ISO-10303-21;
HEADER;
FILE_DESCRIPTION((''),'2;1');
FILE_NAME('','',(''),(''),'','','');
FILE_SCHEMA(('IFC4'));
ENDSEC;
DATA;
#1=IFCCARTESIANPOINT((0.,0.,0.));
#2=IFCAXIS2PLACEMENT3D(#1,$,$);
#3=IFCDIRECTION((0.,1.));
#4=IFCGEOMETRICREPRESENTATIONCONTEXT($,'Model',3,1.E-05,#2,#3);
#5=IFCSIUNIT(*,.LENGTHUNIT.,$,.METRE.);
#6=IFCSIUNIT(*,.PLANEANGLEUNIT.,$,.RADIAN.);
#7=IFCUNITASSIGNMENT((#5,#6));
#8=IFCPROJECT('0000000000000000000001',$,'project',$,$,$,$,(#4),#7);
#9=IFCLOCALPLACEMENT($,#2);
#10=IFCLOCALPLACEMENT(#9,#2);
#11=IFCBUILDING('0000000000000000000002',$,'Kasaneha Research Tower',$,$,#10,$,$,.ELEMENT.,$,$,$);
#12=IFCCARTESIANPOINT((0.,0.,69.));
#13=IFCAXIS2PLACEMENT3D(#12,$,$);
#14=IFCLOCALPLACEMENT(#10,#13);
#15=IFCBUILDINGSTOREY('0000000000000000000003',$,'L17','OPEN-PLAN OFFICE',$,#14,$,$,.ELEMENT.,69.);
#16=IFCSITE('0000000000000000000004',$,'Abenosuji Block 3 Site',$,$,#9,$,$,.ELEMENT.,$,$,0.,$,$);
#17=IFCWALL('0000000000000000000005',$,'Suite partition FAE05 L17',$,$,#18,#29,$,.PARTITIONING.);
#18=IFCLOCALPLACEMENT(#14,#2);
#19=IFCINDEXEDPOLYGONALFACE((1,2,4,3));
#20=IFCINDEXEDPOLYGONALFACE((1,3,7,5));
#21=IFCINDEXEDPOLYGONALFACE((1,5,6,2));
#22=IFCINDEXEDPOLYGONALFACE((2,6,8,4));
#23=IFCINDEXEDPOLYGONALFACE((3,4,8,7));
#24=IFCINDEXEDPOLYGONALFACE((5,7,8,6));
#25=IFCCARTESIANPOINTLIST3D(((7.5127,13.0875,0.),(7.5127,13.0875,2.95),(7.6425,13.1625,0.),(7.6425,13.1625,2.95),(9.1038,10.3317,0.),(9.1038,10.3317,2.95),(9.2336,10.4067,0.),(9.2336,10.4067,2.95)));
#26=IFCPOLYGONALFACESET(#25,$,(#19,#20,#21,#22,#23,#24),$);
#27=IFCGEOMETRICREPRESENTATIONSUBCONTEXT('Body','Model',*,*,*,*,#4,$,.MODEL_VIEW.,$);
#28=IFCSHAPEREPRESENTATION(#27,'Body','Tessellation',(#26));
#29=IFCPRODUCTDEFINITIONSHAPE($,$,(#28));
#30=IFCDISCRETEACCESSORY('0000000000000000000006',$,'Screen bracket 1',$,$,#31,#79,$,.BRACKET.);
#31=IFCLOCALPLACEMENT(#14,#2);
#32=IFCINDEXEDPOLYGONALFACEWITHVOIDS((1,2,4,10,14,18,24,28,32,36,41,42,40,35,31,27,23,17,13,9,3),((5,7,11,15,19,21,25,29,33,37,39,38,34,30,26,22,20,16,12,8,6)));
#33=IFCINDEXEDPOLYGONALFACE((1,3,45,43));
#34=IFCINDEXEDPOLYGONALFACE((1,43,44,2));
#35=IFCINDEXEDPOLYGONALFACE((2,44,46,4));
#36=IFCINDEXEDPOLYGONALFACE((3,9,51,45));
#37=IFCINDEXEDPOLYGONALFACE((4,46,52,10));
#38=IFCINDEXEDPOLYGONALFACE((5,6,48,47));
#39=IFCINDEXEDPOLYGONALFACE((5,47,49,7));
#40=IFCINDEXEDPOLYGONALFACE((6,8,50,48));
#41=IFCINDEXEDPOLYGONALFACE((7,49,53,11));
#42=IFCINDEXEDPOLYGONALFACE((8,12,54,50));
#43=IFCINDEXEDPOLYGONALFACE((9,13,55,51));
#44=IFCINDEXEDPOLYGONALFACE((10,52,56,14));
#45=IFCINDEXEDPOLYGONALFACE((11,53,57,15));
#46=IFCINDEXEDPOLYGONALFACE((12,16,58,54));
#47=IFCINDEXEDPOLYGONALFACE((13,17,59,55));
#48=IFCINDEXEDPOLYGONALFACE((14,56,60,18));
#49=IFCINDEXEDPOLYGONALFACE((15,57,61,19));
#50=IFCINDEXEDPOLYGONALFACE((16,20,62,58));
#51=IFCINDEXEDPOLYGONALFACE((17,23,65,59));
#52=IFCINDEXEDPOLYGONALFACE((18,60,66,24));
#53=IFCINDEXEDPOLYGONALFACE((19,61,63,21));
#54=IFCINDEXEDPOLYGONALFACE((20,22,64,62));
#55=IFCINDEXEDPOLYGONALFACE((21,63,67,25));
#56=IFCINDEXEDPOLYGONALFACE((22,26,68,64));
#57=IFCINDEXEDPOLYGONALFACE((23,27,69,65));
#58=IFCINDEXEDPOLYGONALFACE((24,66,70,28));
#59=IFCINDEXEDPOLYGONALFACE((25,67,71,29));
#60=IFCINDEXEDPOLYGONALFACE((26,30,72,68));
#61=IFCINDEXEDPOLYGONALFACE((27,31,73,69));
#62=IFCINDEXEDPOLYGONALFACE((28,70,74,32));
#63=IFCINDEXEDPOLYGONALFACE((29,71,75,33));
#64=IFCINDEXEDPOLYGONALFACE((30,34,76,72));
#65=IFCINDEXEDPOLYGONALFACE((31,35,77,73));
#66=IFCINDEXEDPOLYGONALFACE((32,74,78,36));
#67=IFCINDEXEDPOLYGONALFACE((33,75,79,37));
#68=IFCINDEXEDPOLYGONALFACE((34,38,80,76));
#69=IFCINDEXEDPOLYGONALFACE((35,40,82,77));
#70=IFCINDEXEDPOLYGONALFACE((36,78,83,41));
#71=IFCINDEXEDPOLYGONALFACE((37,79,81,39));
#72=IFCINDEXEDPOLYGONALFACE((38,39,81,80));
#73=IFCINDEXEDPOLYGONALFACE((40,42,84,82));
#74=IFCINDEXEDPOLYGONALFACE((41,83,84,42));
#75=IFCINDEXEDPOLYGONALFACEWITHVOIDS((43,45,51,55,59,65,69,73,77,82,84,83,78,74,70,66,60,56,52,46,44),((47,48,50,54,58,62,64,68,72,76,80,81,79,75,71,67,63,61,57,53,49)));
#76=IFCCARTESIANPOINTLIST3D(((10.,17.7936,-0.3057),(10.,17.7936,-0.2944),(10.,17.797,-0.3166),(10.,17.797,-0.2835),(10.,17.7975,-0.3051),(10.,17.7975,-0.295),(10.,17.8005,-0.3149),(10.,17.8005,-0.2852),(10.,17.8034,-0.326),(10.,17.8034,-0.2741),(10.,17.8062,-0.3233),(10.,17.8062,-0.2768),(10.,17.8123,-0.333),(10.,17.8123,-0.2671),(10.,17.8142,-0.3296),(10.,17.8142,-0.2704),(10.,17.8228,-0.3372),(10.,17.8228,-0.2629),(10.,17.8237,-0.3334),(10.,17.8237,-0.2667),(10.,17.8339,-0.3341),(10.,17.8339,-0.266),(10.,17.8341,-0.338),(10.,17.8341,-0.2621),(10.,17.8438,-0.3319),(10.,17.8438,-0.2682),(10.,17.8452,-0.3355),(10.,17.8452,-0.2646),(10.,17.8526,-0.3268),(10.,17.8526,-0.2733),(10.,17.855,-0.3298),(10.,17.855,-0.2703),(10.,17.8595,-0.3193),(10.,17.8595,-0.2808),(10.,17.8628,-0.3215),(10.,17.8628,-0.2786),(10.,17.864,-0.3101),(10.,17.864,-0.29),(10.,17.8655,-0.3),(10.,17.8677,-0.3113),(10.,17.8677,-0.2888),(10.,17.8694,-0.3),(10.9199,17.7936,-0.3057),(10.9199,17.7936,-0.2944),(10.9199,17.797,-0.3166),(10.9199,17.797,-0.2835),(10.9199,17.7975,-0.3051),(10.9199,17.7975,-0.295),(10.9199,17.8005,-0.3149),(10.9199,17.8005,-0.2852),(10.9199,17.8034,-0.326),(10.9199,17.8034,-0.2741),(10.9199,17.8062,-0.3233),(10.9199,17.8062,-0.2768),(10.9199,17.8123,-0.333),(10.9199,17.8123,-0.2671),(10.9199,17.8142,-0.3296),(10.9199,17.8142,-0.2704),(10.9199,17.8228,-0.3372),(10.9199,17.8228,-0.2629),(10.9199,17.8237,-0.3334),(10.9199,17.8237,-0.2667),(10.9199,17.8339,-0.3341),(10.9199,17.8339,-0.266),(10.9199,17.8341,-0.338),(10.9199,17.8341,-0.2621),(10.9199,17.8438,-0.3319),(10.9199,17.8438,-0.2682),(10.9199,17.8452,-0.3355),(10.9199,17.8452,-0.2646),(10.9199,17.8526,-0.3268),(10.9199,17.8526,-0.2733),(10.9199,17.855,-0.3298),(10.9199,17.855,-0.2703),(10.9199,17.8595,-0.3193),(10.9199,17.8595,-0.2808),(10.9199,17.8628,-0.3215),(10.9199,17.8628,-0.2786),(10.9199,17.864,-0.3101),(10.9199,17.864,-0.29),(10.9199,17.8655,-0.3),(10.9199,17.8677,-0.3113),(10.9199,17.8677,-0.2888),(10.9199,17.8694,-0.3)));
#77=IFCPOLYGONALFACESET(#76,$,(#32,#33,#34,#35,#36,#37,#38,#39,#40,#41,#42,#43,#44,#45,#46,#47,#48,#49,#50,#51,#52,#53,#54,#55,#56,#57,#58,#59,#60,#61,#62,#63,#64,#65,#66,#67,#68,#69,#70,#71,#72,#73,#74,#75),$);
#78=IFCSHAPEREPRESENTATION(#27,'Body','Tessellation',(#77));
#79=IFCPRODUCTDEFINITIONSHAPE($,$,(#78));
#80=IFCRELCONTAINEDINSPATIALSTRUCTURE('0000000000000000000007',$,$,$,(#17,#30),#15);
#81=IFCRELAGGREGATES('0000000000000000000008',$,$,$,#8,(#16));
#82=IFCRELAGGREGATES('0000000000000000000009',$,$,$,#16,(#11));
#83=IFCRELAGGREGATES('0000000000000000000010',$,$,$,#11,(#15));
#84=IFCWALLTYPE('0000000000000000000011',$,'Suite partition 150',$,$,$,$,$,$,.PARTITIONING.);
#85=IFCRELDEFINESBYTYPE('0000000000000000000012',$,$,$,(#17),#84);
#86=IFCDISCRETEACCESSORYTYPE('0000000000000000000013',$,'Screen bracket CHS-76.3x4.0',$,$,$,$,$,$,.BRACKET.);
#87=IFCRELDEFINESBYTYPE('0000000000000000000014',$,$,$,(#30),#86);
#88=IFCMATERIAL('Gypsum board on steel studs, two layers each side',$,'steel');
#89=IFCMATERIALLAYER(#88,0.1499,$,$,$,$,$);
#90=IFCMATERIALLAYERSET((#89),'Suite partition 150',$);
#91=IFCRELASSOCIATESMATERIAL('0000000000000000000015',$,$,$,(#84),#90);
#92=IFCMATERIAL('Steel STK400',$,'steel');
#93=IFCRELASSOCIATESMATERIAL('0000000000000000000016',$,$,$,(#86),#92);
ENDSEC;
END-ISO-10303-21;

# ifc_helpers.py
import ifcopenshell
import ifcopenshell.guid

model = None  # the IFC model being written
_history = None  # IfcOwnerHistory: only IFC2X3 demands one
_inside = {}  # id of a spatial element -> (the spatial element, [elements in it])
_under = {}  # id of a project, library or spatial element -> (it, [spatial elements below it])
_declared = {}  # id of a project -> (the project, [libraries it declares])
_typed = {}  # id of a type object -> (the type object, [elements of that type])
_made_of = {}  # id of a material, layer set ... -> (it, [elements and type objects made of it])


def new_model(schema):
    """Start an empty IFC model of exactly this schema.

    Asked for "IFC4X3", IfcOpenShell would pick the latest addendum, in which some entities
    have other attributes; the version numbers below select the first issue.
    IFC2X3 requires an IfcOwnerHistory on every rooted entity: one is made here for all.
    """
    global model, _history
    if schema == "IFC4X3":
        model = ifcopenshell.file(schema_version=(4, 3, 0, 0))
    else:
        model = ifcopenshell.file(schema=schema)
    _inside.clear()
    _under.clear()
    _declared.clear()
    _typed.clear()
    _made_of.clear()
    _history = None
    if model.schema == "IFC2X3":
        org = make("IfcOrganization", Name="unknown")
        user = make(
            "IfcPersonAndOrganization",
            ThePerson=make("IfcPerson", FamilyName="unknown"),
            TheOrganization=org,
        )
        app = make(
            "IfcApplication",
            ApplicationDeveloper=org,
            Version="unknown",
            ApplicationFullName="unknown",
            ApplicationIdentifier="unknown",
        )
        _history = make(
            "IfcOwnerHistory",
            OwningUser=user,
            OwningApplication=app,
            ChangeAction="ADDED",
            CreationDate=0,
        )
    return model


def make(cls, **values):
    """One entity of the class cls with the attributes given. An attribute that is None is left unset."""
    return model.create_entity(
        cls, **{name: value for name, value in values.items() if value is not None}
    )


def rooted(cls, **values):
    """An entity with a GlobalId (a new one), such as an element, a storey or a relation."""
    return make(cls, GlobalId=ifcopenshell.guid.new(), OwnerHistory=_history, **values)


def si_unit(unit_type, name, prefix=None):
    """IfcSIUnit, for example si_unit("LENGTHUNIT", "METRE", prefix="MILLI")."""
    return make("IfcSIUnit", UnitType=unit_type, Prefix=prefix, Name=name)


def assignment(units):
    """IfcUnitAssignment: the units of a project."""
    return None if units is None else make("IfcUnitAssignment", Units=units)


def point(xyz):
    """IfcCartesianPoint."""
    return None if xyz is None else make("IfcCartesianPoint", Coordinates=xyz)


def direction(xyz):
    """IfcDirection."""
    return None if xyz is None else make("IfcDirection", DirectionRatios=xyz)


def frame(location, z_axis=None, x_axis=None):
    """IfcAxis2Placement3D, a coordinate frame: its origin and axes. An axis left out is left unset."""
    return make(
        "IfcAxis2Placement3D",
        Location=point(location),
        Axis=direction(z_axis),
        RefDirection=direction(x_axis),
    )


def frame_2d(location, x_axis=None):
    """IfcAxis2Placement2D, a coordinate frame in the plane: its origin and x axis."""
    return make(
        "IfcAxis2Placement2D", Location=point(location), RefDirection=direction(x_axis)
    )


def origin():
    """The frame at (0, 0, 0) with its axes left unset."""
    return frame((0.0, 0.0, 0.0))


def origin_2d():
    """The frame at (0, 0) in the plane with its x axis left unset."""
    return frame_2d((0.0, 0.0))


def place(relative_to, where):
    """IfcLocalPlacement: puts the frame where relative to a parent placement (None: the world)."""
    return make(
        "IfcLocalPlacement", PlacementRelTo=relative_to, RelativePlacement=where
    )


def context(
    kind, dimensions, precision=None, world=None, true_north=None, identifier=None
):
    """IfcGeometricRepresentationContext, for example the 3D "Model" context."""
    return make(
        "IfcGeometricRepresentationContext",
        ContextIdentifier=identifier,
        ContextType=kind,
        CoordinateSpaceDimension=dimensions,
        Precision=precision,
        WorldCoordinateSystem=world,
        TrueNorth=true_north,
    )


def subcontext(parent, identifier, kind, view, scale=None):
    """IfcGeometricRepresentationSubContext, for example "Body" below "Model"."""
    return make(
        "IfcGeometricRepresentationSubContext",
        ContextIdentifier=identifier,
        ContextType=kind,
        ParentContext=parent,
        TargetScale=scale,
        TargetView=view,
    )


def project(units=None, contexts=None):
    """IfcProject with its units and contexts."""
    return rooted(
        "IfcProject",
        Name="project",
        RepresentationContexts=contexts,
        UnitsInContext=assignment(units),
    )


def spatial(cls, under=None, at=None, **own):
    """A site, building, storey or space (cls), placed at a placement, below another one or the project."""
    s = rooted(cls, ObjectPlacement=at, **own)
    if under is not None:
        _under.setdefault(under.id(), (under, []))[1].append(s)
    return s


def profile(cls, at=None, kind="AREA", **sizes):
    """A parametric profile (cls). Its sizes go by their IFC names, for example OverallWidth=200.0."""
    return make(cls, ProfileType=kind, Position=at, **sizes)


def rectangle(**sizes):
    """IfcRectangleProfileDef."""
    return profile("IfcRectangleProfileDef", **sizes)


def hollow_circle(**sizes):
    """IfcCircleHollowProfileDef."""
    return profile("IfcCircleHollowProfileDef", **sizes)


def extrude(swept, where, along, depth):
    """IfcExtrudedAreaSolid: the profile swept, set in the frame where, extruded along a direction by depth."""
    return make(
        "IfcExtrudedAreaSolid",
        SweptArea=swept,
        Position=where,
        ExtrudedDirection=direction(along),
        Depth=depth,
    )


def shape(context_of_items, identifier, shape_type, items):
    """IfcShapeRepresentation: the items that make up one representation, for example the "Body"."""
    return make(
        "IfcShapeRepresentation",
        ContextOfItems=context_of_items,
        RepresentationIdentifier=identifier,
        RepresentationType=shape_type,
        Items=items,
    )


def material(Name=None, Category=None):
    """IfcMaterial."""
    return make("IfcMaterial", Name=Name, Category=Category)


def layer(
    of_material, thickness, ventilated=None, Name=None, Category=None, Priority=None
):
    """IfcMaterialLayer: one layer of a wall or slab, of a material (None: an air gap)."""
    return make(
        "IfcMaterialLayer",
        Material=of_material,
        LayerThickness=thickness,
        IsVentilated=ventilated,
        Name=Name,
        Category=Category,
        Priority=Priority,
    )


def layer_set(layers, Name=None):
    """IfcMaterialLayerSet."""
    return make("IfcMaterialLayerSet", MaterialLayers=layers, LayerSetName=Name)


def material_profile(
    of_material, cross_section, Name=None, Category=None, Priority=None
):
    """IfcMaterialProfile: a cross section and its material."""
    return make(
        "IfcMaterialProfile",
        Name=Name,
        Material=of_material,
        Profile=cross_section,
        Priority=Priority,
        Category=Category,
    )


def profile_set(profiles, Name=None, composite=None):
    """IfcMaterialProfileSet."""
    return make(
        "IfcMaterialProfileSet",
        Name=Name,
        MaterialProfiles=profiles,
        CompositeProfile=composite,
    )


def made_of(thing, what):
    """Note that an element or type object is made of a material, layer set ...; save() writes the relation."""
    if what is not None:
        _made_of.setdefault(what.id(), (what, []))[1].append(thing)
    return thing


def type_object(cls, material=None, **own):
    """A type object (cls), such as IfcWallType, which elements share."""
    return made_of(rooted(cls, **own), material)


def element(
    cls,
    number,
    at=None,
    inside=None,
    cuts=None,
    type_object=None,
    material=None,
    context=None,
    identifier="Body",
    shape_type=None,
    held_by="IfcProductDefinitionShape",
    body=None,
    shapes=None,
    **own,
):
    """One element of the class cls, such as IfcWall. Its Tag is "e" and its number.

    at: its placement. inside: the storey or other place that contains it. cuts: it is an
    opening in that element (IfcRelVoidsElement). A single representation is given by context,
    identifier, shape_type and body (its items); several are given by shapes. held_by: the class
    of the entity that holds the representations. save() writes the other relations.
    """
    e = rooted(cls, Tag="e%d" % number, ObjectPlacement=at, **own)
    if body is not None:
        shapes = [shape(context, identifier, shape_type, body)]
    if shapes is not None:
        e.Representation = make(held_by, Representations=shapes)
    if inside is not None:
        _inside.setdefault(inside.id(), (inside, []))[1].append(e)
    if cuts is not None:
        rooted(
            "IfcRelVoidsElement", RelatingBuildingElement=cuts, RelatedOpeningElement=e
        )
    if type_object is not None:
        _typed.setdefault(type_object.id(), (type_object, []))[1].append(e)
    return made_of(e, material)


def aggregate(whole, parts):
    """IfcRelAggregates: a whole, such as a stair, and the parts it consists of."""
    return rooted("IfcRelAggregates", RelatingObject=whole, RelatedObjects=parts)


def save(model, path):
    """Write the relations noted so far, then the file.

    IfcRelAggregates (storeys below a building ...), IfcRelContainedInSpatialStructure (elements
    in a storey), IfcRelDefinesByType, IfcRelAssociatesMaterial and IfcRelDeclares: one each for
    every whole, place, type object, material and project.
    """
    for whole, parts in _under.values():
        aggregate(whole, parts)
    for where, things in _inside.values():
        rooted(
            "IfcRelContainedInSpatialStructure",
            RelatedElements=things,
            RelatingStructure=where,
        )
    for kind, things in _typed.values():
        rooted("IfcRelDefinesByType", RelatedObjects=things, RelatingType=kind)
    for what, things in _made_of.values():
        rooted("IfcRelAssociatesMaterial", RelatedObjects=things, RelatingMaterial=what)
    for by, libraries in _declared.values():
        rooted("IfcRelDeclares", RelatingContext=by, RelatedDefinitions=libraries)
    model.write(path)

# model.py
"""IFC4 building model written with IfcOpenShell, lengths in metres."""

from ifc_helpers import new_model, si_unit, direction, frame, frame_2d, origin, origin_2d, place, context, subcontext, project, spatial, rectangle, hollow_circle, extrude, material, layer, layer_set, material_profile, profile_set, type_object, element, save


model = new_model("IFC4")

# Units and contexts
model_context = context("Model", 3, precision=1e-05, world=origin(), true_north=direction((0.0, 1.0)))
body_context = subcontext(model_context, "Body", "Model", "MODEL_VIEW")
ifc_project = project(units=[si_unit("LENGTHUNIT", "METRE"), si_unit("PLANEANGLEUNIT", "RADIAN")], contexts=[model_context])

# Site, building, storey
site_placement = place(None, origin())
site = spatial("IfcSite", under=ifc_project, at=site_placement, Name="Abenosuji Block 3 Site", CompositionType="ELEMENT", RefElevation=0.0)
building_placement = place(site_placement, origin())
building = spatial("IfcBuilding", under=site, at=building_placement, Name="Kasaneha Research Tower", CompositionType="ELEMENT")
storey_placement = place(building_placement, frame((0.0, 0.0, 69.0)))
storey = spatial("IfcBuildingStorey", under=building, at=storey_placement, Name="L17", Description="OPEN-PLAN OFFICE", CompositionType="ELEMENT", Elevation=69.0)

# Shared definitions
ifc_material_1 = material(Name="Gypsum board on steel studs, two layers each side", Category="steel")
ifc_layer_1 = layer(ifc_material_1, 0.1499)
ifc_layer_set_1 = layer_set([ifc_layer_1], Name="Suite partition 150")
wall_type_1 = type_object("IfcWallType", Name="Suite partition 150", PredefinedType="PARTITIONING", material=ifc_layer_set_1)

# Wall
wall_1_placement = place(storey_placement, frame((7.5776, 13.125, 0.0), z_axis=(0.0, 0.0, 1.0), x_axis=(0.499993, -0.86603, 0.0)))
element("IfcWall", 1, at=wall_1_placement, inside=storey, type_object=wall_type_1, Name="Suite partition FAE05 L17", PredefinedType="PARTITIONING", context=body_context, shape_type="SweptSolid", body=[
    extrude(rectangle(XDim=3.1821, YDim=0.1499, at=frame_2d((1.5911, 0.0))), origin(), (0.0, 0.0, 1.0), 2.95),
])

# Discrete accessory
ifc_material_2 = material(Name="Steel STK400", Category="steel")
ifc_material_profile_1 = material_profile(ifc_material_2, hollow_circle(Radius=0.0381, WallThickness=0.0039, at=origin_2d()), Name="CHS-76.3x4.0")
ifc_profile_set_1 = profile_set([ifc_material_profile_1], Name="Steel STK400")
discrete_accessory_type = type_object("IfcDiscreteAccessoryType", Name="Screen bracket CHS-76.3x4.0", PredefinedType="BRACKET", material=ifc_profile_set_1)
discrete_accessory_placement = place(storey_placement, frame((10.0, 17.8313, -0.3), z_axis=(1.0, 0.0, 0.0), x_axis=(0.0, 1.0, 0.0)))
element("IfcDiscreteAccessory", 2, at=discrete_accessory_placement, inside=storey, type_object=discrete_accessory_type, Name="Screen bracket 1", PredefinedType="BRACKET", context=body_context, shape_type="SweptSolid", body=[
    extrude(hollow_circle(Radius=0.0381, WallThickness=0.0039, at=origin_2d()), origin(), (0.0, 0.0, 1.0), 0.9199),
])

save(model, "model.ifc")
